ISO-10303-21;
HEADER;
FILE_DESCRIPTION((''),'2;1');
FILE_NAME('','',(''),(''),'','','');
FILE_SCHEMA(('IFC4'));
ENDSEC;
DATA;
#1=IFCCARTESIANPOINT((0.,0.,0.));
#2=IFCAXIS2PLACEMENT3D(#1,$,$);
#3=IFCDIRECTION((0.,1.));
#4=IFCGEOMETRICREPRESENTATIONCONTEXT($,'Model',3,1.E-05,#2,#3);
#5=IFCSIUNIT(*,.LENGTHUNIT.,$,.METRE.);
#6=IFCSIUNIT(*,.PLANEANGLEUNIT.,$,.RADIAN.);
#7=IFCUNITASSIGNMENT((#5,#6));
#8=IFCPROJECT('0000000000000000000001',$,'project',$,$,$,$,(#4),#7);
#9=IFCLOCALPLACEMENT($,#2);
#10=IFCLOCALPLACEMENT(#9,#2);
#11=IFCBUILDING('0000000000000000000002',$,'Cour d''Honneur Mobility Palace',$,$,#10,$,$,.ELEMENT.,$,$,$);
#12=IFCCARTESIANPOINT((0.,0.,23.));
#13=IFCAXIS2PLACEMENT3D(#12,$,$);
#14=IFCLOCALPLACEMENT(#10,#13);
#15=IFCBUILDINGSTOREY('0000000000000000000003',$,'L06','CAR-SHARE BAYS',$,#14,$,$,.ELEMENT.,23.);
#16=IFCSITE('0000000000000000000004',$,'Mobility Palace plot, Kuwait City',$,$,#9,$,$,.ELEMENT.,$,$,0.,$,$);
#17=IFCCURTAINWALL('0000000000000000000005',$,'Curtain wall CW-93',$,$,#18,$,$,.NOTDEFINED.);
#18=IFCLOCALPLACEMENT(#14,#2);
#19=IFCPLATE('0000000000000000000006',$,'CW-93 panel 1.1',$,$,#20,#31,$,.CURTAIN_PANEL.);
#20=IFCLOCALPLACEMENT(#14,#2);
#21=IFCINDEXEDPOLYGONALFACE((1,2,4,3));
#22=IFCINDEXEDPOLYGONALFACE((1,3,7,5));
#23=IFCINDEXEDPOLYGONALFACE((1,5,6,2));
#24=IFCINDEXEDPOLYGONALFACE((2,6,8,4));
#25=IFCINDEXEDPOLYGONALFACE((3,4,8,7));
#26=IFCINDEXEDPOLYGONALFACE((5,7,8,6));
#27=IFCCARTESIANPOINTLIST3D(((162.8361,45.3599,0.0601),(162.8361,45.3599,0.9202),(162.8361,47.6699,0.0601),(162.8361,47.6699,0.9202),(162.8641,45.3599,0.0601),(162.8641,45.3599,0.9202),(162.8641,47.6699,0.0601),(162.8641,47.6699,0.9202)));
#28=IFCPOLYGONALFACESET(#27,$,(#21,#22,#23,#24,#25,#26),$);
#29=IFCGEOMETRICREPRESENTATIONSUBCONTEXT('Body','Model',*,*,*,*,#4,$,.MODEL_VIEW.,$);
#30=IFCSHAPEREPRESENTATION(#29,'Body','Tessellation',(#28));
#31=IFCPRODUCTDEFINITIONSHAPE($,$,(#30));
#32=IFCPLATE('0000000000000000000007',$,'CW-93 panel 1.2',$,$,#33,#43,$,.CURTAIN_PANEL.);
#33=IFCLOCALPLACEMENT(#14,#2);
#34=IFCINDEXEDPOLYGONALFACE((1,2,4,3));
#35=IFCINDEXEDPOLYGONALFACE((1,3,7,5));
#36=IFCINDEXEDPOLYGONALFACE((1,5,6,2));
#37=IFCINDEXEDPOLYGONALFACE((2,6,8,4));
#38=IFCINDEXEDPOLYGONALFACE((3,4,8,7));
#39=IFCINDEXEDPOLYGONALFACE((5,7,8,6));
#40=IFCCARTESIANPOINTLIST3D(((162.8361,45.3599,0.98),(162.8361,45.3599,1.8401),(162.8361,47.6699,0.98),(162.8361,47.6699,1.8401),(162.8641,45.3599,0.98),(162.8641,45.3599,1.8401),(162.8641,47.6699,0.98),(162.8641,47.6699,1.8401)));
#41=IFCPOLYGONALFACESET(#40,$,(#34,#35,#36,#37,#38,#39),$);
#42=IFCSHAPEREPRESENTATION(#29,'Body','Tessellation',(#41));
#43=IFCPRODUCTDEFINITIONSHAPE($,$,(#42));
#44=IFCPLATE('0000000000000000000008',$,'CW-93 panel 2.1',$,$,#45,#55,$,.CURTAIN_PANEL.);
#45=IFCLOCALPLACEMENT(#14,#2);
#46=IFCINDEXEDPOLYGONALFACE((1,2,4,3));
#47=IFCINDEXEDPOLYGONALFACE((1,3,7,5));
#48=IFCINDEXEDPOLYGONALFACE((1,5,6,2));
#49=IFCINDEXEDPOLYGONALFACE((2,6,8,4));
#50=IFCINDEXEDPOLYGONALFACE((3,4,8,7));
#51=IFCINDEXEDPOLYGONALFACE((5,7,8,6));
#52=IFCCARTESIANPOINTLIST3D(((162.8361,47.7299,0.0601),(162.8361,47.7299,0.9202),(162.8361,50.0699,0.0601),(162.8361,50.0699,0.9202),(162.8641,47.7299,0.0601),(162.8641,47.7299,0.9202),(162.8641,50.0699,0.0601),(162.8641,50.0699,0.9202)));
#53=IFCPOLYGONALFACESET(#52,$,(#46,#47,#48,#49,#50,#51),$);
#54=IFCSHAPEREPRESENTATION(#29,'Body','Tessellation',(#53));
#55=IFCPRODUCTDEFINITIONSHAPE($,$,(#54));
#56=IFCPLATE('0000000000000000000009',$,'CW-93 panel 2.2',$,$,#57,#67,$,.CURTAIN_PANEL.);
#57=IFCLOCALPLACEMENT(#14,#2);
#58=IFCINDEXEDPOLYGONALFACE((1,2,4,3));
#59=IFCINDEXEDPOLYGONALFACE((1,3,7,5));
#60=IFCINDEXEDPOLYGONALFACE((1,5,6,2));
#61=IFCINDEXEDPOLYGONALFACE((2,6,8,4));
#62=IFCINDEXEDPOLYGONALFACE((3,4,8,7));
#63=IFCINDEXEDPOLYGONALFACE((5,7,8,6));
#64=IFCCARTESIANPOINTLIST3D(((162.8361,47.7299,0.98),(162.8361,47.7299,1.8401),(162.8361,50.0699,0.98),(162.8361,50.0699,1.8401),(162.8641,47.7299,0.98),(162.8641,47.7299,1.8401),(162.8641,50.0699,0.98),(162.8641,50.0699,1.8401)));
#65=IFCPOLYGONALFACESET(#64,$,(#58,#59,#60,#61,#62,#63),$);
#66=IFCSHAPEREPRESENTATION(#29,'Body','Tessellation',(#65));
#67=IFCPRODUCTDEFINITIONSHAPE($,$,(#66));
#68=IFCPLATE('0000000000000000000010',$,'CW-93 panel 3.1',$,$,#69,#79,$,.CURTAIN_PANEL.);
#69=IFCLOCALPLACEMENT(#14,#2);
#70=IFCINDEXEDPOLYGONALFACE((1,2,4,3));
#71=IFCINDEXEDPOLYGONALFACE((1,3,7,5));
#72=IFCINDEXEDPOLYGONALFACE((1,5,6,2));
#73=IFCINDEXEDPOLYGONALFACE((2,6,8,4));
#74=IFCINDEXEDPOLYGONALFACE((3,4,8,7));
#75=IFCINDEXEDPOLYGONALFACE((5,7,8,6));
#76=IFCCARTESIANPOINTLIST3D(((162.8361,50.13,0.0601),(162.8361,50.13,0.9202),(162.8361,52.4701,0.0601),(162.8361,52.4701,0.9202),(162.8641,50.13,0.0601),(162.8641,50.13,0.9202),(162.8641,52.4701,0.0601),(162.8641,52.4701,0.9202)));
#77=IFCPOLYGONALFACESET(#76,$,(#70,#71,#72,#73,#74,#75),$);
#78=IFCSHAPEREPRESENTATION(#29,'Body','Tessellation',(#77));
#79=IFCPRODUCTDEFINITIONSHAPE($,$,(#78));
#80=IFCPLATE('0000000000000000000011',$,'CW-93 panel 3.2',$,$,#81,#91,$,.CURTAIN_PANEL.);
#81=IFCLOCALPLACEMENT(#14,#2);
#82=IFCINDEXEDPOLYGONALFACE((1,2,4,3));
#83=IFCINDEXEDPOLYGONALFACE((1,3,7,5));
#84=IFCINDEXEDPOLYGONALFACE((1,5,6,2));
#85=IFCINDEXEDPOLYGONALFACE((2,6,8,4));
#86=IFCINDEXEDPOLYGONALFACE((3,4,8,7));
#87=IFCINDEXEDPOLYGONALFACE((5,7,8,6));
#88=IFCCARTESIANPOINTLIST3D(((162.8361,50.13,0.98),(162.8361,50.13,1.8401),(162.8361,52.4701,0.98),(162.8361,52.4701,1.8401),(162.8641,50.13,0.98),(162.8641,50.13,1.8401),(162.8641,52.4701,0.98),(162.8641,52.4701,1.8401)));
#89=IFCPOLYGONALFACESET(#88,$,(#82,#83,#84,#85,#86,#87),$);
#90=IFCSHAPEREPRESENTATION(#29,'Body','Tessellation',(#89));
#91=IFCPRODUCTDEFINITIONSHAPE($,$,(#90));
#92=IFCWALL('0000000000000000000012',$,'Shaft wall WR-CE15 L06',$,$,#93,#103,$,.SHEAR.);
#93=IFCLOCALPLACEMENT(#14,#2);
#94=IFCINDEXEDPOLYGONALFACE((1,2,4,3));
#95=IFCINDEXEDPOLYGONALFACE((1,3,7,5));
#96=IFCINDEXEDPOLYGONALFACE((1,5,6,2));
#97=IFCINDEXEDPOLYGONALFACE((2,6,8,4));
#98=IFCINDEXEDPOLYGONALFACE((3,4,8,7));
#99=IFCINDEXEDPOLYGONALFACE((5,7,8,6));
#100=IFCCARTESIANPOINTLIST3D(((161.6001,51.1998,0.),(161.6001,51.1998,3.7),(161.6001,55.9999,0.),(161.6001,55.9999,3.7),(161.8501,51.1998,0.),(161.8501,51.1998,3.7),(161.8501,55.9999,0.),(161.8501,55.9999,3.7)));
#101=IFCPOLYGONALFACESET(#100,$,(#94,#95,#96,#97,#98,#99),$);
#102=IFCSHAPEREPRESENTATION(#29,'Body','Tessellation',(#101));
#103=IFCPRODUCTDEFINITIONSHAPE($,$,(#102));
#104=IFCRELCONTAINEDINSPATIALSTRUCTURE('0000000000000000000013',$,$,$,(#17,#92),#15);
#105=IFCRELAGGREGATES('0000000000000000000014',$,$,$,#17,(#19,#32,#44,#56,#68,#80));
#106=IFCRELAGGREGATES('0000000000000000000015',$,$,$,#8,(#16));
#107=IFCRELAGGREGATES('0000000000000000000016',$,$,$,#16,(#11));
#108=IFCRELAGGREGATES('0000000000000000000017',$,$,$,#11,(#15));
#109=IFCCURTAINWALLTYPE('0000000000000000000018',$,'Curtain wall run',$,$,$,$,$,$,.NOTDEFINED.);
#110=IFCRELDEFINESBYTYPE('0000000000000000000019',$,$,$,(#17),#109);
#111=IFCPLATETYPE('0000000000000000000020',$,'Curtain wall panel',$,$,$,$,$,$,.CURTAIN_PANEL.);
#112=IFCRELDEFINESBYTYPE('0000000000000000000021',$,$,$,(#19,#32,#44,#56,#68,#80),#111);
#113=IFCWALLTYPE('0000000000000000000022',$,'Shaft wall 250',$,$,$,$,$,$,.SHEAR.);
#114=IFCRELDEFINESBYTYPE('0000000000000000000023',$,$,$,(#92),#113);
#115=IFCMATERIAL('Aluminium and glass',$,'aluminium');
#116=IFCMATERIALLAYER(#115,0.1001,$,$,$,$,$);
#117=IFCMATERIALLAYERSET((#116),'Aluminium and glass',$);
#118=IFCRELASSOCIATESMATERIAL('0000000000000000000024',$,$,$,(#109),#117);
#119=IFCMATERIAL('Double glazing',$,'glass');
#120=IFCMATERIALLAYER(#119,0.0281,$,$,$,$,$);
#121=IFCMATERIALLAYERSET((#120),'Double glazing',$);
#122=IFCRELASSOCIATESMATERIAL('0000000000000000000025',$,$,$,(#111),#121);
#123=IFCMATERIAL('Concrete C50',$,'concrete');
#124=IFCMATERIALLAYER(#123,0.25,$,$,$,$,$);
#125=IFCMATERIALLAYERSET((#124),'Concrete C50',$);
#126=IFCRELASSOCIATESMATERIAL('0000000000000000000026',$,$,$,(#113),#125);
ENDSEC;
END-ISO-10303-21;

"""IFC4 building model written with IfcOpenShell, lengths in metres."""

from ifc_helpers import new_model, si_unit, direction, frame, frame_2d, origin, origin_2d, place, context, subcontext, project, spatial, rectangle, extrude, material, layer, layer_set, type_object, element, aggregate, save


model = new_model("IFC4")

# Units and contexts
model_context = context("Model", 3, precision=1e-05, world=origin(), true_north=direction((0.0, 1.0)))
body_context = subcontext(model_context, "Body", "Model", "MODEL_VIEW")
ifc_project = project(units=[si_unit("LENGTHUNIT", "METRE"), si_unit("PLANEANGLEUNIT", "RADIAN")], contexts=[model_context])

# Site, building, storey
site_placement = place(None, origin())
site = spatial("IfcSite", under=ifc_project, at=site_placement, Name="Mobility Palace plot, Kuwait City", CompositionType="ELEMENT", RefElevation=0.0)
building_placement = place(site_placement, origin())
building = spatial("IfcBuilding", under=site, at=building_placement, Name="Cour d'Honneur Mobility Palace", CompositionType="ELEMENT")
storey_placement = place(building_placement, frame((0.0, 0.0, 23.0)))
storey = spatial("IfcBuildingStorey", under=building, at=storey_placement, Name="L06", Description="CAR-SHARE BAYS", CompositionType="ELEMENT", Elevation=23.0)

# Curtain wall
ifc_material_1 = material(Name="Aluminium and glass", Category="aluminium")
ifc_layer_1 = layer(ifc_material_1, 0.1001)
ifc_layer_set_1 = layer_set([ifc_layer_1], Name="Aluminium and glass")
curtain_wall_type = type_object("IfcCurtainWallType", Name="Curtain wall run", PredefinedType="NOTDEFINED", material=ifc_layer_set_1)
curtain_wall_placement = place(storey_placement, origin())
curtain_wall = element("IfcCurtainWall", 1, at=curtain_wall_placement, inside=storey, type_object=curtain_wall_type, Name="Curtain wall CW-93", PredefinedType="NOTDEFINED")

# Plates
ifc_material_2 = material(Name="Double glazing", Category="glass")
ifc_layer_2 = layer(ifc_material_2, 0.0281)
ifc_layer_set_2 = layer_set([ifc_layer_2], Name="Double glazing")
plate_type = type_object("IfcPlateType", Name="Curtain wall panel", PredefinedType="CURTAIN_PANEL", material=ifc_layer_set_2)
plate_1_placement = place(storey_placement, frame((162.8501, 46.5149, 0.0601), z_axis=(0.0, 0.0, 1.0), x_axis=(0.0, 1.0, 0.0)))
plate_1 = element("IfcPlate", 2, at=plate_1_placement, type_object=plate_type, Name="CW-93 panel 1.1", PredefinedType="CURTAIN_PANEL", context=body_context, shape_type="SweptSolid", body=[
    extrude(rectangle(XDim=2.3101, YDim=0.0281, at=origin_2d()), origin(), (0.0, 0.0, 1.0), 0.8601),
])
plate_2_placement = place(storey_placement, frame((162.8501, 46.5149, 0.98), z_axis=(0.0, 0.0, 1.0), x_axis=(0.0, 1.0, 0.0)))
plate_2 = element("IfcPlate", 3, at=plate_2_placement, type_object=plate_type, Name="CW-93 panel 1.2", PredefinedType="CURTAIN_PANEL", context=body_context, shape_type="SweptSolid", body=[
    extrude(rectangle(XDim=2.3101, YDim=0.0281, at=origin_2d()), origin(), (0.0, 0.0, 1.0), 0.8601),
])
plate_3_placement = place(storey_placement, frame((162.8501, 48.8999, 0.0601), z_axis=(0.0, 0.0, 1.0), x_axis=(0.0, 1.0, 0.0)))
plate_3 = element("IfcPlate", 4, at=plate_3_placement, type_object=plate_type, Name="CW-93 panel 2.1", PredefinedType="CURTAIN_PANEL", context=body_context, shape_type="SweptSolid", body=[
    extrude(rectangle(XDim=2.3401, YDim=0.0281, at=origin_2d()), origin(), (0.0, 0.0, 1.0), 0.8601),
])
plate_4_placement = place(storey_placement, frame((162.8501, 48.8999, 0.98), z_axis=(0.0, 0.0, 1.0), x_axis=(0.0, 1.0, 0.0)))
plate_4 = element("IfcPlate", 5, at=plate_4_placement, type_object=plate_type, Name="CW-93 panel 2.2", PredefinedType="CURTAIN_PANEL", context=body_context, shape_type="SweptSolid", body=[
    extrude(rectangle(XDim=2.3401, YDim=0.0281, at=origin_2d()), origin(), (0.0, 0.0, 1.0), 0.8601),
])
plate_5_placement = place(storey_placement, frame((162.8501, 51.3, 0.0601), z_axis=(0.0, 0.0, 1.0), x_axis=(0.0, 1.0, 0.0)))
plate_5 = element("IfcPlate", 6, at=plate_5_placement, type_object=plate_type, Name="CW-93 panel 3.1", PredefinedType="CURTAIN_PANEL", context=body_context, shape_type="SweptSolid", body=[
    extrude(rectangle(XDim=2.3401, YDim=0.0281, at=origin_2d()), origin(), (0.0, 0.0, 1.0), 0.8601),
])
plate_6_placement = place(storey_placement, frame((162.8501, 51.3, 0.98), z_axis=(0.0, 0.0, 1.0), x_axis=(0.0, 1.0, 0.0)))
plate_6 = element("IfcPlate", 7, at=plate_6_placement, type_object=plate_type, Name="CW-93 panel 3.2", PredefinedType="CURTAIN_PANEL", context=body_context, shape_type="SweptSolid", body=[
    extrude(rectangle(XDim=2.3401, YDim=0.0281, at=origin_2d()), origin(), (0.0, 0.0, 1.0), 0.8601),
])
aggregate(curtain_wall, [plate_1, plate_2, plate_3, plate_4, plate_5, plate_6])

# Wall
ifc_material_3 = material(Name="Concrete C50", Category="concrete")
ifc_layer_3 = layer(ifc_material_3, 0.25)
ifc_layer_set_3 = layer_set([ifc_layer_3], Name="Concrete C50")
wall_type = type_object("IfcWallType", Name="Shaft wall 250", PredefinedType="SHEAR", material=ifc_layer_set_3)
wall_placement = place(storey_placement, frame((161.7251, 51.2, 0.0), z_axis=(0.0, 0.0, 1.0), x_axis=(0.0, 1.0, 0.0)))
element("IfcWall", 8, at=wall_placement, inside=storey, type_object=wall_type, Name="Shaft wall WR-CE15 L06", PredefinedType="SHEAR", context=body_context, shape_type="SweptSolid", body=[
    extrude(rectangle(XDim=4.8, YDim=0.25, at=frame_2d((2.3999, 0.0))), origin(), (0.0, 0.0, 1.0), 3.7),
])

save(model, "model.ifc")
